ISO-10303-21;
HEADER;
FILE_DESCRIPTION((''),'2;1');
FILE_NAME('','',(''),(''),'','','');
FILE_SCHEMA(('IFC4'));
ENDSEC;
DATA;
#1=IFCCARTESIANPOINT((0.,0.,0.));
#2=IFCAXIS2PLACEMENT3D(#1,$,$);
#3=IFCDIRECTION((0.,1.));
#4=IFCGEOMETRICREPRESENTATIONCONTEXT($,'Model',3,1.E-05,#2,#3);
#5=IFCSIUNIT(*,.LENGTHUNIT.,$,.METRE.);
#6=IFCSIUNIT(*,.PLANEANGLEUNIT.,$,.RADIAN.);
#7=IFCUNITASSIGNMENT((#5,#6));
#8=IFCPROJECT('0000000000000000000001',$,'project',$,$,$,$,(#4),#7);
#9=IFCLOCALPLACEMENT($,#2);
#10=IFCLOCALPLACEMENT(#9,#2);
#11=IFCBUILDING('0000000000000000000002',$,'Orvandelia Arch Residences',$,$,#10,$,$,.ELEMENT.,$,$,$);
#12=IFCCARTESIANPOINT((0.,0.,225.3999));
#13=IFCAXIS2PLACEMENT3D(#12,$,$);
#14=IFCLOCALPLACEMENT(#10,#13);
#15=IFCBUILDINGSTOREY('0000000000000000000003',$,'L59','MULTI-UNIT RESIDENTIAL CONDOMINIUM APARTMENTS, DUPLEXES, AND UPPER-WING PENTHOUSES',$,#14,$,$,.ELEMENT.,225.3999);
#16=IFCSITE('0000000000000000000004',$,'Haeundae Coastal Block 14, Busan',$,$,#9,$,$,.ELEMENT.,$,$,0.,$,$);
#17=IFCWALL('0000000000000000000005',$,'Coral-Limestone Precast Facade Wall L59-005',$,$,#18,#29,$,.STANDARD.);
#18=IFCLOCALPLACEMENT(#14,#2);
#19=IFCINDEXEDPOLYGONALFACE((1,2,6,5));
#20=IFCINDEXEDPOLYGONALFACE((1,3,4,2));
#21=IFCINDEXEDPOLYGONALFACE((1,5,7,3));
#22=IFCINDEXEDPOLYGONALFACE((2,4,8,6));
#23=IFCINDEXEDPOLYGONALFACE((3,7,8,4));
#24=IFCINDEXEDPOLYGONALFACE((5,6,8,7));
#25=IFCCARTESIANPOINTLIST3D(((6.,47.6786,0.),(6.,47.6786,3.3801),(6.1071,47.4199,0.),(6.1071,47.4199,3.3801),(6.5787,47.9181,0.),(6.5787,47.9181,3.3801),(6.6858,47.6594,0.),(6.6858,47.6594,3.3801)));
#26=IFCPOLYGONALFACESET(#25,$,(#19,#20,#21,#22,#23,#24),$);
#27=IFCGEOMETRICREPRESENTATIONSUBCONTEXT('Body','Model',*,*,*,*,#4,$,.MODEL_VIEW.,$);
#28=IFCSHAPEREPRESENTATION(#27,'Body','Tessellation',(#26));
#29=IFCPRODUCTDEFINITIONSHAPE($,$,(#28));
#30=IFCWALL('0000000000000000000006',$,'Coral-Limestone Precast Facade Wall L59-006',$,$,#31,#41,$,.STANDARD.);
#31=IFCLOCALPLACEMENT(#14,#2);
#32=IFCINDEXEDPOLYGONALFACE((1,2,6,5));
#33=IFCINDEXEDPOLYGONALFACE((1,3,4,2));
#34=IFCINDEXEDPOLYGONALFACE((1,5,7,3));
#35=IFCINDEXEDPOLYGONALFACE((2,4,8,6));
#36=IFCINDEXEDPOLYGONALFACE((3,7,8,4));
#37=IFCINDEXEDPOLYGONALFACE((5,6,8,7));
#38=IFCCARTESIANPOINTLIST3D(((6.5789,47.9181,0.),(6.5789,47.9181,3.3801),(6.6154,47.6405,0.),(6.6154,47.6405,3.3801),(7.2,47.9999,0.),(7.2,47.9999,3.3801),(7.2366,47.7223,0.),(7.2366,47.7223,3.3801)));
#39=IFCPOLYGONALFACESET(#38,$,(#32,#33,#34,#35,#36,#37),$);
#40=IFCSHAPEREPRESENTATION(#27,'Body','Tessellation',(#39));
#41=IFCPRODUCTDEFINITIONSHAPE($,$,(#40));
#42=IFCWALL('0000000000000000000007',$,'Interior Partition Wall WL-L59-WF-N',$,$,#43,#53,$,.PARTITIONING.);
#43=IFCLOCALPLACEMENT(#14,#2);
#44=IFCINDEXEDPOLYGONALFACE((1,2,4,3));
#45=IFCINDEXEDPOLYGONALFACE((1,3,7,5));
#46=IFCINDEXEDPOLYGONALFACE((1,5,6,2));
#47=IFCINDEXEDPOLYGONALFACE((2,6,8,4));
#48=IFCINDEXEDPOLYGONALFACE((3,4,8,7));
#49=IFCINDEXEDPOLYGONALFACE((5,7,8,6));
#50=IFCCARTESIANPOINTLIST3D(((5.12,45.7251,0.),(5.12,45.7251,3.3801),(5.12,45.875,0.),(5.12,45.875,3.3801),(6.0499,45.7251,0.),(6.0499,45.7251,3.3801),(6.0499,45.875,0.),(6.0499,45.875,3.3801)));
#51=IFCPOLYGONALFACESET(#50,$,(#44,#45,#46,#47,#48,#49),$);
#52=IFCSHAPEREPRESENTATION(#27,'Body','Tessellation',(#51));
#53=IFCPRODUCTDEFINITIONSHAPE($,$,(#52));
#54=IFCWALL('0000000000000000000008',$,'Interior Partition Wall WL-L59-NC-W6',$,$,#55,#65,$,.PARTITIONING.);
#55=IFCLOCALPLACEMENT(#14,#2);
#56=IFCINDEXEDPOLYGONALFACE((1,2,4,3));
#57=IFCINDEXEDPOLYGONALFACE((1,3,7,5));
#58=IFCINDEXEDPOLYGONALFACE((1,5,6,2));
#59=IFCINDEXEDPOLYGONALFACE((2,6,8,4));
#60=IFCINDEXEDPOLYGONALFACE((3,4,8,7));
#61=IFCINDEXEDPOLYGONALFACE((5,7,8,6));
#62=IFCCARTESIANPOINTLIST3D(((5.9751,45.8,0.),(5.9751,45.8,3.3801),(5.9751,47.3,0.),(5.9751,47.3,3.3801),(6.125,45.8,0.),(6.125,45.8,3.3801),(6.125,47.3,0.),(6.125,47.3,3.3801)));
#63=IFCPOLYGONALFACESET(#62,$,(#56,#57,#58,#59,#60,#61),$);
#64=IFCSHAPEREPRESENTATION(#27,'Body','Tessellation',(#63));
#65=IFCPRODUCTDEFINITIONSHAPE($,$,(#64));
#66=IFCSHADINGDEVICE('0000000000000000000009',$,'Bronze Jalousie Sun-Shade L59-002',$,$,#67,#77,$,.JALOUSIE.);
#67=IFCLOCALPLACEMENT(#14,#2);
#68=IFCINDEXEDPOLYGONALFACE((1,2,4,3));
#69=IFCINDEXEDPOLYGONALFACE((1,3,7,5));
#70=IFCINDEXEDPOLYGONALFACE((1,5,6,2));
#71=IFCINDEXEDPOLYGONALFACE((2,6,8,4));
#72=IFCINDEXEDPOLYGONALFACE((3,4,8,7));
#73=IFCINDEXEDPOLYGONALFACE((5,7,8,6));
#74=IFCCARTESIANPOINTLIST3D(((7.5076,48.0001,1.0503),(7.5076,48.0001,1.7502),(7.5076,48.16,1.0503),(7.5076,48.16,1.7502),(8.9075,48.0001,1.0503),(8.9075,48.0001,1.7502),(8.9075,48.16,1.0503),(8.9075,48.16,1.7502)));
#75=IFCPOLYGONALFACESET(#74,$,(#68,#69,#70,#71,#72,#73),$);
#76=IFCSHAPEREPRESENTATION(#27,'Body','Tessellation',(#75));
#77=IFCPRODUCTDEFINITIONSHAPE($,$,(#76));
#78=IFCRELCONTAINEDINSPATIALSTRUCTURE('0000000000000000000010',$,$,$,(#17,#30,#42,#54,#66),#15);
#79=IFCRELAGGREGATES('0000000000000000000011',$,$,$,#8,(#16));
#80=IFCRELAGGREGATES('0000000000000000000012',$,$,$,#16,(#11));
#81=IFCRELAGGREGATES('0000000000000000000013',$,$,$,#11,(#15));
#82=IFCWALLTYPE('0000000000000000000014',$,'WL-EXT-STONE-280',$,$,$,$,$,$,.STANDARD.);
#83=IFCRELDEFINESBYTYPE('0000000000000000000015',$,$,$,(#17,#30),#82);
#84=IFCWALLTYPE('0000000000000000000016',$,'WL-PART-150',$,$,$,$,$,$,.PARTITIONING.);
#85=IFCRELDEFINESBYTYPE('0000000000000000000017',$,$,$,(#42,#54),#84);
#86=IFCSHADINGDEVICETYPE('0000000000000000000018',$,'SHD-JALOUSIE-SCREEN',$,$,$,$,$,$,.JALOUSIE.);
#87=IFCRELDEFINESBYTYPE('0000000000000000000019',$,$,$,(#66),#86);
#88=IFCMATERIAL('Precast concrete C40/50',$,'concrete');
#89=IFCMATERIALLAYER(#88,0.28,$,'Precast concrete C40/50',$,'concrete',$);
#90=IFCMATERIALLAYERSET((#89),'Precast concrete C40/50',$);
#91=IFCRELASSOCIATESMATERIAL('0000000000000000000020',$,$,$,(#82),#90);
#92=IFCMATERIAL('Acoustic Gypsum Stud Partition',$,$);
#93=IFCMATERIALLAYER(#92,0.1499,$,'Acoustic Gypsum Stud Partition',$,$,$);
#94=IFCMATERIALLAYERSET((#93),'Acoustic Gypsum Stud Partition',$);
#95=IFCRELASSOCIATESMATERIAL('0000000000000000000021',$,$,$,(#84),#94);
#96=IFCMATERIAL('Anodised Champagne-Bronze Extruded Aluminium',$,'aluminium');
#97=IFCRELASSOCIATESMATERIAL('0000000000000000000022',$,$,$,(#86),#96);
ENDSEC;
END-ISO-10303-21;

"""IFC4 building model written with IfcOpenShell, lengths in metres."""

from ifc_helpers import new_model, si_unit, direction, frame, frame_2d, origin, origin_2d, place, context, subcontext, project, spatial, rectangle, extrude, material, layer, layer_set, type_object, element, save


model = new_model("IFC4")

# Units and contexts
model_context = context("Model", 3, precision=1e-05, world=origin(), true_north=direction((0.0, 1.0)))
body_context = subcontext(model_context, "Body", "Model", "MODEL_VIEW")
ifc_project = project(units=[si_unit("LENGTHUNIT", "METRE"), si_unit("PLANEANGLEUNIT", "RADIAN")], contexts=[model_context])

# Site, building, storey
site_placement = place(None, origin())
site = spatial("IfcSite", under=ifc_project, at=site_placement, Name="Haeundae Coastal Block 14, Busan", CompositionType="ELEMENT", RefElevation=0.0)
building_placement = place(site_placement, origin())
building = spatial("IfcBuilding", under=site, at=building_placement, Name="Orvandelia Arch Residences", CompositionType="ELEMENT")
storey_placement = place(building_placement, frame((0.0, 0.0, 225.3999)))
storey = spatial("IfcBuildingStorey", under=building, at=storey_placement, Name="L59", Description="MULTI-UNIT RESIDENTIAL CONDOMINIUM APARTMENTS, DUPLEXES, AND UPPER-WING PENTHOUSES", CompositionType="ELEMENT", Elevation=225.3999)

# Walls
ifc_material_1 = material(Name="Precast concrete C40/50", Category="concrete")
ifc_layer_1 = layer(ifc_material_1, 0.28, Name="Precast concrete C40/50", Category="concrete")
ifc_layer_set_1 = layer_set([ifc_layer_1], Name="Precast concrete C40/50")
wall_type_1 = type_object("IfcWallType", Name="WL-EXT-STONE-280", PredefinedType="STANDARD", material=ifc_layer_set_1)
wall_1_placement = place(storey_placement, frame((6.0537, 47.5493, 0.0), z_axis=(0.0, 0.0, 1.0), x_axis=(0.923974, 0.382455, 0.0)))
element("IfcWall", 1, at=wall_1_placement, inside=storey, type_object=wall_type_1, Name="Coral-Limestone Precast Facade Wall L59-005", PredefinedType="STANDARD", context=body_context, shape_type="SweptSolid", body=[
    extrude(rectangle(XDim=0.6262, YDim=0.28, at=frame_2d((0.313, 0.0))), origin(), (0.0, 0.0, 1.0), 3.3801),
])
wall_2_placement = place(storey_placement, frame((6.5972, 47.7793, 0.0), z_axis=(0.0, 0.0, 1.0), x_axis=(0.991441, 0.130555, 0.0)))
element("IfcWall", 2, at=wall_2_placement, inside=storey, type_object=wall_type_1, Name="Coral-Limestone Precast Facade Wall L59-006", PredefinedType="STANDARD", context=body_context, shape_type="SweptSolid", body=[
    extrude(rectangle(XDim=0.6265, YDim=0.28, at=frame_2d((0.3132, 0.0))), origin(), (0.0, 0.0, 1.0), 3.3801),
])

# Walls
ifc_material_2 = material(Name="Acoustic Gypsum Stud Partition")
ifc_layer_2 = layer(ifc_material_2, 0.1499, Name="Acoustic Gypsum Stud Partition")
ifc_layer_set_2 = layer_set([ifc_layer_2], Name="Acoustic Gypsum Stud Partition")
wall_type_2 = type_object("IfcWallType", Name="WL-PART-150", PredefinedType="PARTITIONING", material=ifc_layer_set_2)
wall_3_placement = place(storey_placement, frame((5.1201, 45.8, 0.0), z_axis=(0.0, 0.0, 1.0), x_axis=(1.0, 0.0, 0.0)))
element("IfcWall", 3, at=wall_3_placement, inside=storey, type_object=wall_type_2, Name="Interior Partition Wall WL-L59-WF-N", PredefinedType="PARTITIONING", context=body_context, shape_type="SweptSolid", body=[
    extrude(rectangle(XDim=0.9299, YDim=0.1499, at=frame_2d((0.4648, 0.0))), origin(), (0.0, 0.0, 1.0), 3.3801),
])
wall_4_placement = place(storey_placement, frame((6.05, 45.8, 0.0), z_axis=(0.0, 0.0, 1.0), x_axis=(0.0, 1.0, 0.0)))
element("IfcWall", 4, at=wall_4_placement, inside=storey, type_object=wall_type_2, Name="Interior Partition Wall WL-L59-NC-W6", PredefinedType="PARTITIONING", context=body_context, shape_type="SweptSolid", body=[
    extrude(rectangle(XDim=1.5, YDim=0.1499, at=frame_2d((0.75, 0.0))), origin(), (0.0, 0.0, 1.0), 3.3801),
])

# Shading device
ifc_material_3 = material(Name="Anodised Champagne-Bronze Extruded Aluminium", Category="aluminium")
shading_device_type = type_object("IfcShadingDeviceType", Name="SHD-JALOUSIE-SCREEN", PredefinedType="JALOUSIE", material=ifc_material_3)
shading_device_placement = place(storey_placement, frame((8.2075, 48.0801, 1.0503), z_axis=(0.0, 0.0, 1.0), x_axis=(1.0, 0.0, 0.0)))
element("IfcShadingDevice", 5, at=shading_device_placement, inside=storey, type_object=shading_device_type, Name="Bronze Jalousie Sun-Shade L59-002", PredefinedType="JALOUSIE", context=body_context, shape_type="SweptSolid", body=[
    extrude(rectangle(XDim=1.3999, YDim=0.1599, at=origin_2d()), origin(), (0.0, 0.0, 1.0), 0.7),
])

save(model, "model.ifc")
